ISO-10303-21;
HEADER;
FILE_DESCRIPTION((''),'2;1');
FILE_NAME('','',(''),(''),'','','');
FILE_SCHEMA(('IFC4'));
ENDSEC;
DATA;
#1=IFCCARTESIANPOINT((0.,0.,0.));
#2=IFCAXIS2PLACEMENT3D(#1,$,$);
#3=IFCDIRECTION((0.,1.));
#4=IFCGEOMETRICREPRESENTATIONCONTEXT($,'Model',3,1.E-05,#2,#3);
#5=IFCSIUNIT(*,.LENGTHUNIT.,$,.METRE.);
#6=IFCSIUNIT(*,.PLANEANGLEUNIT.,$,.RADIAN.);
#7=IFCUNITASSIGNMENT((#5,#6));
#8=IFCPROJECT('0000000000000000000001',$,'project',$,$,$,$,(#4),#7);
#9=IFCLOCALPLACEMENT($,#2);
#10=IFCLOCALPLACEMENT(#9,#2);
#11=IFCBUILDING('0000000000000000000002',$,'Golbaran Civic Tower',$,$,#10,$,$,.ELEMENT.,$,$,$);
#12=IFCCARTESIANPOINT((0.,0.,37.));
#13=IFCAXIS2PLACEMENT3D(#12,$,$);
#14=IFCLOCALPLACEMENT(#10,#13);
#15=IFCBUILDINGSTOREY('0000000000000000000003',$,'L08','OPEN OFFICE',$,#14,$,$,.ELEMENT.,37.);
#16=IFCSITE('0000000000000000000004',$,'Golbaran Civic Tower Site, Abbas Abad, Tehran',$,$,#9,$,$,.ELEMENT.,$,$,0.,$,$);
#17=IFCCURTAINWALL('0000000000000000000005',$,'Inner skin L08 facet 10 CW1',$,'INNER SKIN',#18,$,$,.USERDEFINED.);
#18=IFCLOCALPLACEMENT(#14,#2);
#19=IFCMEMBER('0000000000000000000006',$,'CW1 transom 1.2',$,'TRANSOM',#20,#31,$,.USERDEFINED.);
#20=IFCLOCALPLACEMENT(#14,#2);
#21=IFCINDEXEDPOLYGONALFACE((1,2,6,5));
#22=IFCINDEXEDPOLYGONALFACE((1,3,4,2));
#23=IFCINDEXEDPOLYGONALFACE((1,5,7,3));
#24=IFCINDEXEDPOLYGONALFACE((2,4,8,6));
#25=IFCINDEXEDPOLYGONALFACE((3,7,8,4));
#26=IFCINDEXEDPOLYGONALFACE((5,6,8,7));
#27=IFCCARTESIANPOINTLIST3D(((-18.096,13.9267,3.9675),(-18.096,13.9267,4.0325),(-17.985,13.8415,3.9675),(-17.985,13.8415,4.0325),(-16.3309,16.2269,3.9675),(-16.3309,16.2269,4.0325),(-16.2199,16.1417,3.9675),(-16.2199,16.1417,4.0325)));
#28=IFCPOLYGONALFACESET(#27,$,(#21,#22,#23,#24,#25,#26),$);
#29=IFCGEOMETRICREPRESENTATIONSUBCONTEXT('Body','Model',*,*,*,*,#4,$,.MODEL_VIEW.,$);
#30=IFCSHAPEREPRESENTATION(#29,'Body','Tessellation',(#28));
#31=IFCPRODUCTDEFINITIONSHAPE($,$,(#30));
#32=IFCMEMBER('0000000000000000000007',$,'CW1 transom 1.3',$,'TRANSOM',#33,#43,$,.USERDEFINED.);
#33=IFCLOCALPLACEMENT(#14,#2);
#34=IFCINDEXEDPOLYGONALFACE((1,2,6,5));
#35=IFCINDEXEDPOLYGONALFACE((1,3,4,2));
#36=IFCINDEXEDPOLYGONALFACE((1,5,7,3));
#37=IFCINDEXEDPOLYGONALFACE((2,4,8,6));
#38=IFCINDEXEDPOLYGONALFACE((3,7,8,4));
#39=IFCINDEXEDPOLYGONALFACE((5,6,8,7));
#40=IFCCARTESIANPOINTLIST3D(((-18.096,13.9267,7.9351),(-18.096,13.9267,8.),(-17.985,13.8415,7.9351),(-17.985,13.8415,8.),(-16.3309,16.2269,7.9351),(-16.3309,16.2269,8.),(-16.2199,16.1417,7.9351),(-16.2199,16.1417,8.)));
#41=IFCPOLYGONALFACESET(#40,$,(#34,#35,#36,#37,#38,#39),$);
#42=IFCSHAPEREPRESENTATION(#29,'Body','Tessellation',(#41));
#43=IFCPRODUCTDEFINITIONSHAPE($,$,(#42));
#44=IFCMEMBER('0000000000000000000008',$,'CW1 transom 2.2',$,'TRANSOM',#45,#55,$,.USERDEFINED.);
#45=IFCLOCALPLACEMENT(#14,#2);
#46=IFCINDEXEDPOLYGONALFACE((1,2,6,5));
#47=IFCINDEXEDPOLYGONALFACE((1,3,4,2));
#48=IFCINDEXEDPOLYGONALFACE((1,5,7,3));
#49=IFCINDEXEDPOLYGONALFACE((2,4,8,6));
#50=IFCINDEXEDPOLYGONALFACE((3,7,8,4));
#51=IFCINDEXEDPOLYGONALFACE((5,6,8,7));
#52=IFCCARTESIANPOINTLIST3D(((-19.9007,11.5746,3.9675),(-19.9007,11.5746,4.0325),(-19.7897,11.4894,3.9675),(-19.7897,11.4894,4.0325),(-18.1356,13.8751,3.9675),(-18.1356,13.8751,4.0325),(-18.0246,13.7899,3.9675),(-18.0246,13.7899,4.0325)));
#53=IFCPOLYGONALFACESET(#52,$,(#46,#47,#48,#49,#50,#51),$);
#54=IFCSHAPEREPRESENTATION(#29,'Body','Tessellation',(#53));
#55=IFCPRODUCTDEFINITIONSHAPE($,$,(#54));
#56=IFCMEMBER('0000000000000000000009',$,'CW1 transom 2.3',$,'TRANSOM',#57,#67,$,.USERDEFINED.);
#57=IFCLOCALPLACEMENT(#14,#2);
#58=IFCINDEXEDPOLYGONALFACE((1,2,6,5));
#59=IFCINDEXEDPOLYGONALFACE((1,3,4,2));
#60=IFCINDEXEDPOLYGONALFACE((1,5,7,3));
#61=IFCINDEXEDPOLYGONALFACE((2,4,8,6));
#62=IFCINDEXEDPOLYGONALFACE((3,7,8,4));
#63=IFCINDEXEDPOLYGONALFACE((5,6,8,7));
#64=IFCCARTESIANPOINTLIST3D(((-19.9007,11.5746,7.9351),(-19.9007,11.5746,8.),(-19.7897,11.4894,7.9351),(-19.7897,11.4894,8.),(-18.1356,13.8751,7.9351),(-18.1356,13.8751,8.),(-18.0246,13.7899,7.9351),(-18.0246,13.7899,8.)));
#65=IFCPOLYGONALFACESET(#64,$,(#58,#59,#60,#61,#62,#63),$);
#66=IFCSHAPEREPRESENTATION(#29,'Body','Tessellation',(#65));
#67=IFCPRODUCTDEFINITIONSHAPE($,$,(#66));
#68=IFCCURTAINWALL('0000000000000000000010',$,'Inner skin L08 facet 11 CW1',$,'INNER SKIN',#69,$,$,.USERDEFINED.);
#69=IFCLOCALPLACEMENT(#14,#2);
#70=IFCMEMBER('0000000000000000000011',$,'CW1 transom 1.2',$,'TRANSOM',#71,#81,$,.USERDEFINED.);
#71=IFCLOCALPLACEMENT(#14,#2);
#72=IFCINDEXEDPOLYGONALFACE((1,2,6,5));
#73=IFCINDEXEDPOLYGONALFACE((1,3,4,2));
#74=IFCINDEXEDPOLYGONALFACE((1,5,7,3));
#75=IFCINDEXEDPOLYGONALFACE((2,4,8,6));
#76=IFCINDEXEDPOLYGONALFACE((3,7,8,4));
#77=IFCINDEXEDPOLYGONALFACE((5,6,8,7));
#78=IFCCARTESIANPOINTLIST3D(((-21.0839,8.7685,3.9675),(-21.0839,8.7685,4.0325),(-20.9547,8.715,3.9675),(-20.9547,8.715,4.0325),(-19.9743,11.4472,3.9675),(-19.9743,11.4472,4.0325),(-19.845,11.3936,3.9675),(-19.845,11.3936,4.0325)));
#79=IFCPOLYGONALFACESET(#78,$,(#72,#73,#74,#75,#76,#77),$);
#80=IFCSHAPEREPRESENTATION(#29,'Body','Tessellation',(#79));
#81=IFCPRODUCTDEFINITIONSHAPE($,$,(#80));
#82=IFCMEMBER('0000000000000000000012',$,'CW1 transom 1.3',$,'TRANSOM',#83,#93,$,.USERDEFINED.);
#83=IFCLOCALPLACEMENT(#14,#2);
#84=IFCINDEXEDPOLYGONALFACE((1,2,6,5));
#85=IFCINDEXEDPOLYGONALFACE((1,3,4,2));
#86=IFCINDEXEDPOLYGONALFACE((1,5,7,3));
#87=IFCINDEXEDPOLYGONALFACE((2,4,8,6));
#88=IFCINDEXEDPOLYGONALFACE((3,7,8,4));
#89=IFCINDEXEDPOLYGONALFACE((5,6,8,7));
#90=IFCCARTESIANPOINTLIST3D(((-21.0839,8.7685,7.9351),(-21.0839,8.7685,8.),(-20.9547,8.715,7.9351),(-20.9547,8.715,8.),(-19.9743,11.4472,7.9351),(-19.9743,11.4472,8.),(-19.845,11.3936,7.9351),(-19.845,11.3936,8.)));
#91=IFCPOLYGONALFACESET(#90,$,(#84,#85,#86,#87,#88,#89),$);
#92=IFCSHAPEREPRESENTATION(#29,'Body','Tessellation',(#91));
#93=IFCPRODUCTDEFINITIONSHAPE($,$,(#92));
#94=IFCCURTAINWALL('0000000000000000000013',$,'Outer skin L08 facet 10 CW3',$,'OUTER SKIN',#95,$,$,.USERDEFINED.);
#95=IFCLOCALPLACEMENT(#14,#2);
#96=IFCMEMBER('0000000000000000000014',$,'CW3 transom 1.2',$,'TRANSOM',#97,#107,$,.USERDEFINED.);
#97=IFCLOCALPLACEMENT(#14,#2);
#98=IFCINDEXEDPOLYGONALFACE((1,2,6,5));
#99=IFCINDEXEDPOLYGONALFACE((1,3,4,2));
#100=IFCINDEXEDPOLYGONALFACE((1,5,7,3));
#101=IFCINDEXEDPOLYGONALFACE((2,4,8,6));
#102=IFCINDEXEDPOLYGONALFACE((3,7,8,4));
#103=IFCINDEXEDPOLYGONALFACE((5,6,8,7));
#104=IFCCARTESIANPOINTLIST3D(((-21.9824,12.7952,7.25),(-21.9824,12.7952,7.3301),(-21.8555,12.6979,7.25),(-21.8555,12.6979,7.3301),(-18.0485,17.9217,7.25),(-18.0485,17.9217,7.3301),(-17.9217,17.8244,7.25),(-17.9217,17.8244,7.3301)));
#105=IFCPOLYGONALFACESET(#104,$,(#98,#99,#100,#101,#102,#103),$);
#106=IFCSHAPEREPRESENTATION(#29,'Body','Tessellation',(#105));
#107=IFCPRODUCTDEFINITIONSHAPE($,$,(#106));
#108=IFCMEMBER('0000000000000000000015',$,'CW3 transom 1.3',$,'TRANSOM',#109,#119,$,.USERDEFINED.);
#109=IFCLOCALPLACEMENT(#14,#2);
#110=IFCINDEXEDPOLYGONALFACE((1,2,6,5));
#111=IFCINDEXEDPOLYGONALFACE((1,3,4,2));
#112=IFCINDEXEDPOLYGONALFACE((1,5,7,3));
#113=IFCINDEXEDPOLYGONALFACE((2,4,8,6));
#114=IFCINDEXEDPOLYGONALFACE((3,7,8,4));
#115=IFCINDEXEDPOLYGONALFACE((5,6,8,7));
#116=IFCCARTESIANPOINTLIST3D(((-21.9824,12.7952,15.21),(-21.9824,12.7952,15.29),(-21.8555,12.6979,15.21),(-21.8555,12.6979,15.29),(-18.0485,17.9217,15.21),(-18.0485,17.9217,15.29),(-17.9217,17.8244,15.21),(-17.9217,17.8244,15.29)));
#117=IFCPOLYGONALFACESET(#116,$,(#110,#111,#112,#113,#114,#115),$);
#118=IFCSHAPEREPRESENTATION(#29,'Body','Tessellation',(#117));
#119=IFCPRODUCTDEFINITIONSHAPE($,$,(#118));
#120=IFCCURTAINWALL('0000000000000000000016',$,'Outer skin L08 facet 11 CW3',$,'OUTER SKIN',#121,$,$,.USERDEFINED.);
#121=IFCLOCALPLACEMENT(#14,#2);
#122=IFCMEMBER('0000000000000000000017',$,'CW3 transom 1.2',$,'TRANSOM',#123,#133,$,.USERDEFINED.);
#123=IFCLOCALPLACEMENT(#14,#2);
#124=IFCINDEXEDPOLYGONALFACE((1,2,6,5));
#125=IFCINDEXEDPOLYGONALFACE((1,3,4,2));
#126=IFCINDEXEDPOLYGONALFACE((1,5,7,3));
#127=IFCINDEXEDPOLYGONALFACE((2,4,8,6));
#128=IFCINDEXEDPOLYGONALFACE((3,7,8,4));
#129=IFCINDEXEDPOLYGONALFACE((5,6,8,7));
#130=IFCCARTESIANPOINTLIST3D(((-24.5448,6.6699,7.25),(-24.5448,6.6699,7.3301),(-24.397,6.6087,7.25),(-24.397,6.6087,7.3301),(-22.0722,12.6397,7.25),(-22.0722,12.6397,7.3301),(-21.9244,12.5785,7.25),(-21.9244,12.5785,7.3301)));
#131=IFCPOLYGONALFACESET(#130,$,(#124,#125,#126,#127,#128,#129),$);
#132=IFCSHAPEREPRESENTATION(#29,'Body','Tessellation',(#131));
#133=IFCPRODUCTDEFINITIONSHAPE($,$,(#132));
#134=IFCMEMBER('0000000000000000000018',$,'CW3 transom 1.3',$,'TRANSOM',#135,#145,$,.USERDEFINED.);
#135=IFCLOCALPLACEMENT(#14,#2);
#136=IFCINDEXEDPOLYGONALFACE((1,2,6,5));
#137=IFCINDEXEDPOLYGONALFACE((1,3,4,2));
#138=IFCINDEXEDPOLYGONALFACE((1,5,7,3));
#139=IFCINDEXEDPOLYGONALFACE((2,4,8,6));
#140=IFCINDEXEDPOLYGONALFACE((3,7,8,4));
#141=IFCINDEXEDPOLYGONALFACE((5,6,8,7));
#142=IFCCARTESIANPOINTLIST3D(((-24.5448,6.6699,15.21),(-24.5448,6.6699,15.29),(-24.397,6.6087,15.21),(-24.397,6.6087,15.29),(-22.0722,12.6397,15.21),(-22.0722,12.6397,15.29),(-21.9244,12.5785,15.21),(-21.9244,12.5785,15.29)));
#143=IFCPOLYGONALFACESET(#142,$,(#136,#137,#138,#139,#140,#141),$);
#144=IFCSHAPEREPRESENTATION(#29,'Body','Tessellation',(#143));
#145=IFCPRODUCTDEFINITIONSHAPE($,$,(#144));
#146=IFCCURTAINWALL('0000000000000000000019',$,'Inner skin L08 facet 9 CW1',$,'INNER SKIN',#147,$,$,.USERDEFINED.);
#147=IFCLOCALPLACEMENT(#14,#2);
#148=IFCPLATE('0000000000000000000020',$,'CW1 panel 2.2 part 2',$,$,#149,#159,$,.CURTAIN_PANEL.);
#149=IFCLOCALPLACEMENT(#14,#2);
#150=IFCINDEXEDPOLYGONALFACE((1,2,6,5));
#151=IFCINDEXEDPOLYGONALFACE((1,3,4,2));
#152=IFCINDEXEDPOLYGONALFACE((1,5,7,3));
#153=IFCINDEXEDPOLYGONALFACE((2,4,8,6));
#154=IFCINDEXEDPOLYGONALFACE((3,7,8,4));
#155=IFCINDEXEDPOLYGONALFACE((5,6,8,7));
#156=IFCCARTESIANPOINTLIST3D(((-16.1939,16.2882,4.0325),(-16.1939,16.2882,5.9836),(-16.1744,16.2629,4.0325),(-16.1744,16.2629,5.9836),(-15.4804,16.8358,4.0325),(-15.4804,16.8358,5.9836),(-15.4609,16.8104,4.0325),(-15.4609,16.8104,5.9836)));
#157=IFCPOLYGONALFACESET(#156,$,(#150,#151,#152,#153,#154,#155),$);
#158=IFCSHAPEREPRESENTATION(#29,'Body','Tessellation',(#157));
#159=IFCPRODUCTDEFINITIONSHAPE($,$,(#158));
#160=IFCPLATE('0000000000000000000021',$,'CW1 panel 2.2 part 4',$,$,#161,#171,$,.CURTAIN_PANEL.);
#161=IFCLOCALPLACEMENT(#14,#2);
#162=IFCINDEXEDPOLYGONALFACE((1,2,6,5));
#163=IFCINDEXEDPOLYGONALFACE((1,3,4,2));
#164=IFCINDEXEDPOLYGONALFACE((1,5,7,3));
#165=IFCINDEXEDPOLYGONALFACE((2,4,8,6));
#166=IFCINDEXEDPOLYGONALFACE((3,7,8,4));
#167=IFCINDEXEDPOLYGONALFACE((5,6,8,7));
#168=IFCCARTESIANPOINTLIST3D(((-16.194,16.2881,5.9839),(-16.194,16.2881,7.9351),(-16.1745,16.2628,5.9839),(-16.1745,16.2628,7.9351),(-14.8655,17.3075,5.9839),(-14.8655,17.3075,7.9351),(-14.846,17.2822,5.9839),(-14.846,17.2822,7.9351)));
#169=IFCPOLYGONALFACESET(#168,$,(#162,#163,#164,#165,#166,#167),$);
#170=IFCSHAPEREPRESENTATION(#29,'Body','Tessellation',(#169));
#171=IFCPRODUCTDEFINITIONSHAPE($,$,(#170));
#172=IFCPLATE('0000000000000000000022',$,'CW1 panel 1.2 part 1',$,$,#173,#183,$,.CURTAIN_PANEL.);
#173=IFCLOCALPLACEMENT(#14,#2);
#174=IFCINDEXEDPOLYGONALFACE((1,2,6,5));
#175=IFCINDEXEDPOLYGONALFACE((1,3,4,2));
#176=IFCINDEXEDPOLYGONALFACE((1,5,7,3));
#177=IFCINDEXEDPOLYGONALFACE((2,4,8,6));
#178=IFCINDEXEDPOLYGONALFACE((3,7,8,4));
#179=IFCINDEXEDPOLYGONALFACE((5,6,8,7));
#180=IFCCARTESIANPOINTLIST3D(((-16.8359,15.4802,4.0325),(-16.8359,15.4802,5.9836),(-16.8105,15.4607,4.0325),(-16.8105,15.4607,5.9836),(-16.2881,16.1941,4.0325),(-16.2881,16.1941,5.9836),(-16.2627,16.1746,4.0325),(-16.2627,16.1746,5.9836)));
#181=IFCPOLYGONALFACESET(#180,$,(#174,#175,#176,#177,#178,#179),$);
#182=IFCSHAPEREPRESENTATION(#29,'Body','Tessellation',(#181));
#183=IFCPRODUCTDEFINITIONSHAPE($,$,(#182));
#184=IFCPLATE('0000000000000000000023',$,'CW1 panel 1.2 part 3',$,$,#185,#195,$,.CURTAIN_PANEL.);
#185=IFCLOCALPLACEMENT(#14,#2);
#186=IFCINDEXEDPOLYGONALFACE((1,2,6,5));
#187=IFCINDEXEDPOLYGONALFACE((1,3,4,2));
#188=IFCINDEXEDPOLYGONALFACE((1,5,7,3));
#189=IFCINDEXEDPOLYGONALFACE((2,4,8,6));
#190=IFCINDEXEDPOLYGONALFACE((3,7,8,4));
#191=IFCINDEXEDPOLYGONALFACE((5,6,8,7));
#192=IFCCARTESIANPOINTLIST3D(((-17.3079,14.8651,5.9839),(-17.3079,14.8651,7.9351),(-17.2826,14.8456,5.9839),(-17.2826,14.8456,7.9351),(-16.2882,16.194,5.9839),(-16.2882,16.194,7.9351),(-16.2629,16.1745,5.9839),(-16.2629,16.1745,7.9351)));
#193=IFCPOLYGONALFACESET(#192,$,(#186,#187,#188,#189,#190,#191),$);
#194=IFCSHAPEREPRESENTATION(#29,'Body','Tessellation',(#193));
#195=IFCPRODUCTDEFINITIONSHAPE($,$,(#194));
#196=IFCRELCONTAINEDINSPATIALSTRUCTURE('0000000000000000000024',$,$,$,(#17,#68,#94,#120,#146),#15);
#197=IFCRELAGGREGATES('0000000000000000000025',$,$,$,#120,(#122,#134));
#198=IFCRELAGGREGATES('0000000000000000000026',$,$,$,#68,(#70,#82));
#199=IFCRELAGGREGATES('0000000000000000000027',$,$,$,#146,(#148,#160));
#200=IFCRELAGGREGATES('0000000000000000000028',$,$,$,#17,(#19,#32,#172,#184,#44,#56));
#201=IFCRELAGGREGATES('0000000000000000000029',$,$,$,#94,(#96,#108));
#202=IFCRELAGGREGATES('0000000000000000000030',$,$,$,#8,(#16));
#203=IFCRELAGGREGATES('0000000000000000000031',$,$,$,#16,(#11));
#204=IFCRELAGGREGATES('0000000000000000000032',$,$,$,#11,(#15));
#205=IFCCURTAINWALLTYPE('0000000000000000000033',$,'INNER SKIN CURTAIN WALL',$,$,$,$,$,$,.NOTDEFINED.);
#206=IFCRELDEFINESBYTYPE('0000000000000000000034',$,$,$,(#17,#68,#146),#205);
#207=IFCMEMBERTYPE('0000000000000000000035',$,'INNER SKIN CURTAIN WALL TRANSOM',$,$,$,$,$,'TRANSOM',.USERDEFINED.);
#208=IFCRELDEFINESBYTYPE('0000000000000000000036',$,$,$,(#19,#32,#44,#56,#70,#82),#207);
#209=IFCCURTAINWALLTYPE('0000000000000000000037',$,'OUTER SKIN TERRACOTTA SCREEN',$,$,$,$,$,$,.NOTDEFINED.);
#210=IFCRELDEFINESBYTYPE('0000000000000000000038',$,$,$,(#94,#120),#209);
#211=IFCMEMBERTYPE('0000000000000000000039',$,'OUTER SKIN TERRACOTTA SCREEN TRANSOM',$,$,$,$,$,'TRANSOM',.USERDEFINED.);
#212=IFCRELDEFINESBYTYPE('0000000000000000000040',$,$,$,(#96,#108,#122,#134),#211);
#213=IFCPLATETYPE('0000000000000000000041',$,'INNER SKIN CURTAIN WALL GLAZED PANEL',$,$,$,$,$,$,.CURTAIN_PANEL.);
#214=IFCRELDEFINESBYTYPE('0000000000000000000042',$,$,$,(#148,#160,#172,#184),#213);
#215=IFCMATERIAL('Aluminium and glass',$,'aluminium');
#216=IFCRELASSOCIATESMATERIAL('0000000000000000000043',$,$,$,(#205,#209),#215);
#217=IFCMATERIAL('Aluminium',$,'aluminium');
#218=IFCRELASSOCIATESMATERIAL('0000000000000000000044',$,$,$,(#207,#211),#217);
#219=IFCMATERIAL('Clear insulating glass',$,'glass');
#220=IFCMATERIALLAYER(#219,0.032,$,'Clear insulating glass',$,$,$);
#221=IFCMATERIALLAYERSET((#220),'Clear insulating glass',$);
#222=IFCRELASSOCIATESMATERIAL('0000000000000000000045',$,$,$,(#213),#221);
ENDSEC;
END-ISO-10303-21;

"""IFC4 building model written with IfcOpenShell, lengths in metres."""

from ifc_helpers import new_model, si_unit, direction, frame, origin, origin_2d, place, context, subcontext, project, spatial, rectangle, extrude, material, layer, layer_set, material_profile, profile_set, type_object, element, aggregate, save


model = new_model("IFC4")

# Units and contexts
model_context = context("Model", 3, precision=1e-05, world=origin(), true_north=direction((0.0, 1.0)))
body_context = subcontext(model_context, "Body", "Model", "MODEL_VIEW")
ifc_project = project(units=[si_unit("LENGTHUNIT", "METRE"), si_unit("PLANEANGLEUNIT", "RADIAN")], contexts=[model_context])

# Site, building, storey
site_placement = place(None, origin())
site = spatial("IfcSite", under=ifc_project, at=site_placement, Name="Golbaran Civic Tower Site, Abbas Abad, Tehran", CompositionType="ELEMENT", RefElevation=0.0)
building_placement = place(site_placement, origin())
building = spatial("IfcBuilding", under=site, at=building_placement, Name="Golbaran Civic Tower", CompositionType="ELEMENT")
storey_placement = place(building_placement, frame((0.0, 0.0, 37.0)))
storey = spatial("IfcBuildingStorey", under=building, at=storey_placement, Name="L08", Description="OPEN OFFICE", CompositionType="ELEMENT", Elevation=37.0)

# Curtain walls, members
ifc_material_1 = material(Name="Aluminium and glass", Category="aluminium")
curtain_wall_type_1 = type_object("IfcCurtainWallType", Name="INNER SKIN CURTAIN WALL", PredefinedType="NOTDEFINED", material=ifc_material_1)
curtain_wall_1_placement = place(storey_placement, origin())
curtain_wall_1 = element("IfcCurtainWall", 1, at=curtain_wall_1_placement, inside=storey, type_object=curtain_wall_type_1, Name="Inner skin L08 facet 10 CW1", ObjectType="INNER SKIN", PredefinedType="USERDEFINED")
ifc_material_2 = material(Name="Aluminium", Category="aluminium")
ifc_material_profile_1 = material_profile(ifc_material_2, rectangle(XDim=0.1399, YDim=0.0649, at=origin_2d()), Name="INNER SKIN CURTAIN WALL TRANSOM")
ifc_profile_set_1 = profile_set([ifc_material_profile_1], Name="Aluminium")
member_type_1 = type_object("IfcMemberType", Name="INNER SKIN CURTAIN WALL TRANSOM", ElementType="TRANSOM", PredefinedType="USERDEFINED", material=ifc_profile_set_1)
member_1_placement = place(storey_placement, frame((-16.2754, 16.1843, 4.0), z_axis=(-0.608774, -0.793343, 0.0), x_axis=(0.793343, -0.608774, 0.0)))
member_1 = element("IfcMember", 2, at=member_1_placement, type_object=member_type_1, Name="CW1 transom 1.2", ObjectType="TRANSOM", PredefinedType="USERDEFINED", context=body_context, shape_type="SweptSolid", body=[
    extrude(rectangle(XDim=0.1399, YDim=0.0649, at=origin_2d()), origin(), (0.0, 0.0, 1.0), 2.8994),
])
member_2_placement = place(storey_placement, frame((-16.2754, 16.1843, 7.9675), z_axis=(-0.608774, -0.793343, 0.0), x_axis=(0.793343, -0.608774, 0.0)))
member_2 = element("IfcMember", 3, at=member_2_placement, type_object=member_type_1, Name="CW1 transom 1.3", ObjectType="TRANSOM", PredefinedType="USERDEFINED", context=body_context, shape_type="SweptSolid", body=[
    extrude(rectangle(XDim=0.1399, YDim=0.0649, at=origin_2d()), origin(), (0.0, 0.0, 1.0), 2.8994),
])
member_3_placement = place(storey_placement, frame((-18.0801, 13.8325, 4.0), z_axis=(-0.608734, -0.793375, 0.0), x_axis=(0.793375, -0.608734, 0.0)))
member_3 = element("IfcMember", 4, at=member_3_placement, type_object=member_type_1, Name="CW1 transom 2.2", ObjectType="TRANSOM", PredefinedType="USERDEFINED", context=body_context, shape_type="SweptSolid", body=[
    extrude(rectangle(XDim=0.1399, YDim=0.0649, at=origin_2d()), origin(), (0.0, 0.0, 1.0), 2.8997),
])
member_4_placement = place(storey_placement, frame((-18.0801, 13.8325, 7.9675), z_axis=(-0.608734, -0.793375, 0.0), x_axis=(0.793375, -0.608734, 0.0)))
member_4 = element("IfcMember", 5, at=member_4_placement, type_object=member_type_1, Name="CW1 transom 2.3", ObjectType="TRANSOM", PredefinedType="USERDEFINED", context=body_context, shape_type="SweptSolid", body=[
    extrude(rectangle(XDim=0.1399, YDim=0.0649, at=origin_2d()), origin(), (0.0, 0.0, 1.0), 2.8997),
])
curtain_wall_2_placement = place(storey_placement, origin())
curtain_wall_2 = element("IfcCurtainWall", 6, at=curtain_wall_2_placement, inside=storey, type_object=curtain_wall_type_1, Name="Inner skin L08 facet 11 CW1", ObjectType="INNER SKIN", PredefinedType="USERDEFINED")
member_5_placement = place(storey_placement, frame((-19.9097, 11.4204, 4.0), z_axis=(-0.382701, -0.923872, 0.0), x_axis=(0.923872, -0.382701, 0.0)))
member_5 = element("IfcMember", 7, at=member_5_placement, type_object=member_type_1, Name="CW1 transom 1.2", ObjectType="TRANSOM", PredefinedType="USERDEFINED", context=body_context, shape_type="SweptSolid", body=[
    extrude(rectangle(XDim=0.1399, YDim=0.0649, at=origin_2d()), origin(), (0.0, 0.0, 1.0), 2.8994),
])
member_6_placement = place(storey_placement, frame((-19.9097, 11.4204, 7.9675), z_axis=(-0.382701, -0.923872, 0.0), x_axis=(0.923872, -0.382701, 0.0)))
member_6 = element("IfcMember", 8, at=member_6_placement, type_object=member_type_1, Name="CW1 transom 1.3", ObjectType="TRANSOM", PredefinedType="USERDEFINED", context=body_context, shape_type="SweptSolid", body=[
    extrude(rectangle(XDim=0.1399, YDim=0.0649, at=origin_2d()), origin(), (0.0, 0.0, 1.0), 2.8994),
])
curtain_wall_type_2 = type_object("IfcCurtainWallType", Name="OUTER SKIN TERRACOTTA SCREEN", PredefinedType="NOTDEFINED", material=ifc_material_1)
curtain_wall_3_placement = place(storey_placement, origin())
curtain_wall_3 = element("IfcCurtainWall", 9, at=curtain_wall_3_placement, inside=storey, type_object=curtain_wall_type_2, Name="Outer skin L08 facet 10 CW3", ObjectType="OUTER SKIN", PredefinedType="USERDEFINED")
ifc_material_profile_2 = material_profile(ifc_material_2, rectangle(XDim=0.1599, YDim=0.0801, at=origin_2d()), Name="OUTER SKIN TERRACOTTA SCREEN TRANSOM")
ifc_profile_set_2 = profile_set([ifc_material_profile_2], Name="Aluminium")
member_type_2 = type_object("IfcMemberType", Name="OUTER SKIN TERRACOTTA SCREEN TRANSOM", ElementType="TRANSOM", PredefinedType="USERDEFINED", material=ifc_profile_set_2)
member_7_placement = place(storey_placement, frame((-17.9851, 17.873, 7.29), z_axis=(-0.608777, -0.793341, 0.0), x_axis=(0.793341, -0.608777, 0.0)))
member_7 = element("IfcMember", 10, at=member_7_placement, type_object=member_type_2, Name="CW3 transom 1.2", ObjectType="TRANSOM", PredefinedType="USERDEFINED", context=body_context, shape_type="SweptSolid", body=[
    extrude(rectangle(XDim=0.1599, YDim=0.0801, at=origin_2d()), origin(), (0.0, 0.0, 1.0), 6.4619),
])
member_8_placement = place(storey_placement, frame((-17.9851, 17.873, 15.25), z_axis=(-0.608777, -0.793341, 0.0), x_axis=(0.793341, -0.608777, 0.0)))
member_8 = element("IfcMember", 11, at=member_8_placement, type_object=member_type_2, Name="CW3 transom 1.3", ObjectType="TRANSOM", PredefinedType="USERDEFINED", context=body_context, shape_type="SweptSolid", body=[
    extrude(rectangle(XDim=0.1599, YDim=0.0801, at=origin_2d()), origin(), (0.0, 0.0, 1.0), 6.4619),
])
curtain_wall_4_placement = place(storey_placement, origin())
curtain_wall_4 = element("IfcCurtainWall", 12, at=curtain_wall_4_placement, inside=storey, type_object=curtain_wall_type_2, Name="Outer skin L08 facet 11 CW3", ObjectType="OUTER SKIN", PredefinedType="USERDEFINED")
member_9_placement = place(storey_placement, frame((-21.9983, 12.6091, 7.29), z_axis=(-0.382659, -0.92389, 0.0), x_axis=(0.92389, -0.382659, 0.0)))
member_9 = element("IfcMember", 13, at=member_9_placement, type_object=member_type_2, Name="CW3 transom 1.2", ObjectType="TRANSOM", PredefinedType="USERDEFINED", context=body_context, shape_type="SweptSolid", body=[
    extrude(rectangle(XDim=0.1599, YDim=0.0801, at=origin_2d()), origin(), (0.0, 0.0, 1.0), 6.4617),
])
member_10_placement = place(storey_placement, frame((-21.9983, 12.6091, 15.25), z_axis=(-0.382659, -0.92389, 0.0), x_axis=(0.92389, -0.382659, 0.0)))
member_10 = element("IfcMember", 14, at=member_10_placement, type_object=member_type_2, Name="CW3 transom 1.3", ObjectType="TRANSOM", PredefinedType="USERDEFINED", context=body_context, shape_type="SweptSolid", body=[
    extrude(rectangle(XDim=0.1599, YDim=0.0801, at=origin_2d()), origin(), (0.0, 0.0, 1.0), 6.4617),
])
aggregate(curtain_wall_4, [member_9, member_10])

# Curtain wall, plates
curtain_wall_5_placement = place(storey_placement, origin())
curtain_wall_5 = element("IfcCurtainWall", 15, at=curtain_wall_5_placement, inside=storey, type_object=curtain_wall_type_1, Name="Inner skin L08 facet 9 CW1", ObjectType="INNER SKIN", PredefinedType="USERDEFINED")
ifc_material_3 = material(Name="Clear insulating glass", Category="glass")
ifc_layer_1 = layer(ifc_material_3, 0.032, Name="Clear insulating glass")
ifc_layer_set_1 = layer_set([ifc_layer_1], Name="Clear insulating glass")
plate_type_1 = type_object("IfcPlateType", Name="INNER SKIN CURTAIN WALL GLAZED PANEL", PredefinedType="CURTAIN_PANEL", material=ifc_layer_set_1)
plate_1_placement = place(storey_placement, frame((-15.8274, 16.5493, 4.0325), z_axis=(0.0, 0.0, 1.0), x_axis=(-0.793353, -0.608761, 0.0)))
plate_1 = element("IfcPlate", 16, at=plate_1_placement, type_object=plate_type_1, Name="CW1 panel 2.2 part 2", PredefinedType="CURTAIN_PANEL", context=body_context, shape_type="SweptSolid", body=[
    extrude(rectangle(XDim=0.8994, YDim=0.032, at=origin_2d()), origin(), (0.0, 0.0, 1.0), 1.9512),
])
plate_2_placement = place(storey_placement, frame((-15.52, 16.7852, 5.9839), z_axis=(0.0, 0.0, 1.0), x_axis=(-0.793353, -0.608761, 0.0)))
plate_2 = element("IfcPlate", 17, at=plate_2_placement, type_object=plate_type_1, Name="CW1 panel 2.2 part 4", PredefinedType="CURTAIN_PANEL", context=body_context, shape_type="SweptSolid", body=[
    extrude(rectangle(XDim=1.6746, YDim=0.032, at=origin_2d()), origin(), (0.0, 0.0, 1.0), 1.9512),
])

# Plates
plate_3_placement = place(storey_placement, frame((-16.5493, 15.8274, 4.0325), z_axis=(0.0, 0.0, 1.0), x_axis=(-0.608761, -0.793353, 0.0)))
plate_3 = element("IfcPlate", 18, at=plate_3_placement, type_object=plate_type_1, Name="CW1 panel 1.2 part 1", PredefinedType="CURTAIN_PANEL", context=body_context, shape_type="SweptSolid", body=[
    extrude(rectangle(XDim=0.8999, YDim=0.032, at=origin_2d()), origin(), (0.0, 0.0, 1.0), 1.9512),
])
plate_4_placement = place(storey_placement, frame((-16.7854, 15.5198, 5.9839), z_axis=(0.0, 0.0, 1.0), x_axis=(-0.608761, -0.793353, 0.0)))
plate_4 = element("IfcPlate", 19, at=plate_4_placement, type_object=plate_type_1, Name="CW1 panel 1.2 part 3", PredefinedType="CURTAIN_PANEL", context=body_context, shape_type="SweptSolid", body=[
    extrude(rectangle(XDim=1.675, YDim=0.032, at=origin_2d()), origin(), (0.0, 0.0, 1.0), 1.9512),
])
aggregate(curtain_wall_2, [member_5, member_6])
aggregate(curtain_wall_5, [plate_1, plate_2])
aggregate(curtain_wall_1, [member_1, member_2, plate_3, plate_4, member_3, member_4])
aggregate(curtain_wall_3, [member_7, member_8])

save(model, "model.ifc")
